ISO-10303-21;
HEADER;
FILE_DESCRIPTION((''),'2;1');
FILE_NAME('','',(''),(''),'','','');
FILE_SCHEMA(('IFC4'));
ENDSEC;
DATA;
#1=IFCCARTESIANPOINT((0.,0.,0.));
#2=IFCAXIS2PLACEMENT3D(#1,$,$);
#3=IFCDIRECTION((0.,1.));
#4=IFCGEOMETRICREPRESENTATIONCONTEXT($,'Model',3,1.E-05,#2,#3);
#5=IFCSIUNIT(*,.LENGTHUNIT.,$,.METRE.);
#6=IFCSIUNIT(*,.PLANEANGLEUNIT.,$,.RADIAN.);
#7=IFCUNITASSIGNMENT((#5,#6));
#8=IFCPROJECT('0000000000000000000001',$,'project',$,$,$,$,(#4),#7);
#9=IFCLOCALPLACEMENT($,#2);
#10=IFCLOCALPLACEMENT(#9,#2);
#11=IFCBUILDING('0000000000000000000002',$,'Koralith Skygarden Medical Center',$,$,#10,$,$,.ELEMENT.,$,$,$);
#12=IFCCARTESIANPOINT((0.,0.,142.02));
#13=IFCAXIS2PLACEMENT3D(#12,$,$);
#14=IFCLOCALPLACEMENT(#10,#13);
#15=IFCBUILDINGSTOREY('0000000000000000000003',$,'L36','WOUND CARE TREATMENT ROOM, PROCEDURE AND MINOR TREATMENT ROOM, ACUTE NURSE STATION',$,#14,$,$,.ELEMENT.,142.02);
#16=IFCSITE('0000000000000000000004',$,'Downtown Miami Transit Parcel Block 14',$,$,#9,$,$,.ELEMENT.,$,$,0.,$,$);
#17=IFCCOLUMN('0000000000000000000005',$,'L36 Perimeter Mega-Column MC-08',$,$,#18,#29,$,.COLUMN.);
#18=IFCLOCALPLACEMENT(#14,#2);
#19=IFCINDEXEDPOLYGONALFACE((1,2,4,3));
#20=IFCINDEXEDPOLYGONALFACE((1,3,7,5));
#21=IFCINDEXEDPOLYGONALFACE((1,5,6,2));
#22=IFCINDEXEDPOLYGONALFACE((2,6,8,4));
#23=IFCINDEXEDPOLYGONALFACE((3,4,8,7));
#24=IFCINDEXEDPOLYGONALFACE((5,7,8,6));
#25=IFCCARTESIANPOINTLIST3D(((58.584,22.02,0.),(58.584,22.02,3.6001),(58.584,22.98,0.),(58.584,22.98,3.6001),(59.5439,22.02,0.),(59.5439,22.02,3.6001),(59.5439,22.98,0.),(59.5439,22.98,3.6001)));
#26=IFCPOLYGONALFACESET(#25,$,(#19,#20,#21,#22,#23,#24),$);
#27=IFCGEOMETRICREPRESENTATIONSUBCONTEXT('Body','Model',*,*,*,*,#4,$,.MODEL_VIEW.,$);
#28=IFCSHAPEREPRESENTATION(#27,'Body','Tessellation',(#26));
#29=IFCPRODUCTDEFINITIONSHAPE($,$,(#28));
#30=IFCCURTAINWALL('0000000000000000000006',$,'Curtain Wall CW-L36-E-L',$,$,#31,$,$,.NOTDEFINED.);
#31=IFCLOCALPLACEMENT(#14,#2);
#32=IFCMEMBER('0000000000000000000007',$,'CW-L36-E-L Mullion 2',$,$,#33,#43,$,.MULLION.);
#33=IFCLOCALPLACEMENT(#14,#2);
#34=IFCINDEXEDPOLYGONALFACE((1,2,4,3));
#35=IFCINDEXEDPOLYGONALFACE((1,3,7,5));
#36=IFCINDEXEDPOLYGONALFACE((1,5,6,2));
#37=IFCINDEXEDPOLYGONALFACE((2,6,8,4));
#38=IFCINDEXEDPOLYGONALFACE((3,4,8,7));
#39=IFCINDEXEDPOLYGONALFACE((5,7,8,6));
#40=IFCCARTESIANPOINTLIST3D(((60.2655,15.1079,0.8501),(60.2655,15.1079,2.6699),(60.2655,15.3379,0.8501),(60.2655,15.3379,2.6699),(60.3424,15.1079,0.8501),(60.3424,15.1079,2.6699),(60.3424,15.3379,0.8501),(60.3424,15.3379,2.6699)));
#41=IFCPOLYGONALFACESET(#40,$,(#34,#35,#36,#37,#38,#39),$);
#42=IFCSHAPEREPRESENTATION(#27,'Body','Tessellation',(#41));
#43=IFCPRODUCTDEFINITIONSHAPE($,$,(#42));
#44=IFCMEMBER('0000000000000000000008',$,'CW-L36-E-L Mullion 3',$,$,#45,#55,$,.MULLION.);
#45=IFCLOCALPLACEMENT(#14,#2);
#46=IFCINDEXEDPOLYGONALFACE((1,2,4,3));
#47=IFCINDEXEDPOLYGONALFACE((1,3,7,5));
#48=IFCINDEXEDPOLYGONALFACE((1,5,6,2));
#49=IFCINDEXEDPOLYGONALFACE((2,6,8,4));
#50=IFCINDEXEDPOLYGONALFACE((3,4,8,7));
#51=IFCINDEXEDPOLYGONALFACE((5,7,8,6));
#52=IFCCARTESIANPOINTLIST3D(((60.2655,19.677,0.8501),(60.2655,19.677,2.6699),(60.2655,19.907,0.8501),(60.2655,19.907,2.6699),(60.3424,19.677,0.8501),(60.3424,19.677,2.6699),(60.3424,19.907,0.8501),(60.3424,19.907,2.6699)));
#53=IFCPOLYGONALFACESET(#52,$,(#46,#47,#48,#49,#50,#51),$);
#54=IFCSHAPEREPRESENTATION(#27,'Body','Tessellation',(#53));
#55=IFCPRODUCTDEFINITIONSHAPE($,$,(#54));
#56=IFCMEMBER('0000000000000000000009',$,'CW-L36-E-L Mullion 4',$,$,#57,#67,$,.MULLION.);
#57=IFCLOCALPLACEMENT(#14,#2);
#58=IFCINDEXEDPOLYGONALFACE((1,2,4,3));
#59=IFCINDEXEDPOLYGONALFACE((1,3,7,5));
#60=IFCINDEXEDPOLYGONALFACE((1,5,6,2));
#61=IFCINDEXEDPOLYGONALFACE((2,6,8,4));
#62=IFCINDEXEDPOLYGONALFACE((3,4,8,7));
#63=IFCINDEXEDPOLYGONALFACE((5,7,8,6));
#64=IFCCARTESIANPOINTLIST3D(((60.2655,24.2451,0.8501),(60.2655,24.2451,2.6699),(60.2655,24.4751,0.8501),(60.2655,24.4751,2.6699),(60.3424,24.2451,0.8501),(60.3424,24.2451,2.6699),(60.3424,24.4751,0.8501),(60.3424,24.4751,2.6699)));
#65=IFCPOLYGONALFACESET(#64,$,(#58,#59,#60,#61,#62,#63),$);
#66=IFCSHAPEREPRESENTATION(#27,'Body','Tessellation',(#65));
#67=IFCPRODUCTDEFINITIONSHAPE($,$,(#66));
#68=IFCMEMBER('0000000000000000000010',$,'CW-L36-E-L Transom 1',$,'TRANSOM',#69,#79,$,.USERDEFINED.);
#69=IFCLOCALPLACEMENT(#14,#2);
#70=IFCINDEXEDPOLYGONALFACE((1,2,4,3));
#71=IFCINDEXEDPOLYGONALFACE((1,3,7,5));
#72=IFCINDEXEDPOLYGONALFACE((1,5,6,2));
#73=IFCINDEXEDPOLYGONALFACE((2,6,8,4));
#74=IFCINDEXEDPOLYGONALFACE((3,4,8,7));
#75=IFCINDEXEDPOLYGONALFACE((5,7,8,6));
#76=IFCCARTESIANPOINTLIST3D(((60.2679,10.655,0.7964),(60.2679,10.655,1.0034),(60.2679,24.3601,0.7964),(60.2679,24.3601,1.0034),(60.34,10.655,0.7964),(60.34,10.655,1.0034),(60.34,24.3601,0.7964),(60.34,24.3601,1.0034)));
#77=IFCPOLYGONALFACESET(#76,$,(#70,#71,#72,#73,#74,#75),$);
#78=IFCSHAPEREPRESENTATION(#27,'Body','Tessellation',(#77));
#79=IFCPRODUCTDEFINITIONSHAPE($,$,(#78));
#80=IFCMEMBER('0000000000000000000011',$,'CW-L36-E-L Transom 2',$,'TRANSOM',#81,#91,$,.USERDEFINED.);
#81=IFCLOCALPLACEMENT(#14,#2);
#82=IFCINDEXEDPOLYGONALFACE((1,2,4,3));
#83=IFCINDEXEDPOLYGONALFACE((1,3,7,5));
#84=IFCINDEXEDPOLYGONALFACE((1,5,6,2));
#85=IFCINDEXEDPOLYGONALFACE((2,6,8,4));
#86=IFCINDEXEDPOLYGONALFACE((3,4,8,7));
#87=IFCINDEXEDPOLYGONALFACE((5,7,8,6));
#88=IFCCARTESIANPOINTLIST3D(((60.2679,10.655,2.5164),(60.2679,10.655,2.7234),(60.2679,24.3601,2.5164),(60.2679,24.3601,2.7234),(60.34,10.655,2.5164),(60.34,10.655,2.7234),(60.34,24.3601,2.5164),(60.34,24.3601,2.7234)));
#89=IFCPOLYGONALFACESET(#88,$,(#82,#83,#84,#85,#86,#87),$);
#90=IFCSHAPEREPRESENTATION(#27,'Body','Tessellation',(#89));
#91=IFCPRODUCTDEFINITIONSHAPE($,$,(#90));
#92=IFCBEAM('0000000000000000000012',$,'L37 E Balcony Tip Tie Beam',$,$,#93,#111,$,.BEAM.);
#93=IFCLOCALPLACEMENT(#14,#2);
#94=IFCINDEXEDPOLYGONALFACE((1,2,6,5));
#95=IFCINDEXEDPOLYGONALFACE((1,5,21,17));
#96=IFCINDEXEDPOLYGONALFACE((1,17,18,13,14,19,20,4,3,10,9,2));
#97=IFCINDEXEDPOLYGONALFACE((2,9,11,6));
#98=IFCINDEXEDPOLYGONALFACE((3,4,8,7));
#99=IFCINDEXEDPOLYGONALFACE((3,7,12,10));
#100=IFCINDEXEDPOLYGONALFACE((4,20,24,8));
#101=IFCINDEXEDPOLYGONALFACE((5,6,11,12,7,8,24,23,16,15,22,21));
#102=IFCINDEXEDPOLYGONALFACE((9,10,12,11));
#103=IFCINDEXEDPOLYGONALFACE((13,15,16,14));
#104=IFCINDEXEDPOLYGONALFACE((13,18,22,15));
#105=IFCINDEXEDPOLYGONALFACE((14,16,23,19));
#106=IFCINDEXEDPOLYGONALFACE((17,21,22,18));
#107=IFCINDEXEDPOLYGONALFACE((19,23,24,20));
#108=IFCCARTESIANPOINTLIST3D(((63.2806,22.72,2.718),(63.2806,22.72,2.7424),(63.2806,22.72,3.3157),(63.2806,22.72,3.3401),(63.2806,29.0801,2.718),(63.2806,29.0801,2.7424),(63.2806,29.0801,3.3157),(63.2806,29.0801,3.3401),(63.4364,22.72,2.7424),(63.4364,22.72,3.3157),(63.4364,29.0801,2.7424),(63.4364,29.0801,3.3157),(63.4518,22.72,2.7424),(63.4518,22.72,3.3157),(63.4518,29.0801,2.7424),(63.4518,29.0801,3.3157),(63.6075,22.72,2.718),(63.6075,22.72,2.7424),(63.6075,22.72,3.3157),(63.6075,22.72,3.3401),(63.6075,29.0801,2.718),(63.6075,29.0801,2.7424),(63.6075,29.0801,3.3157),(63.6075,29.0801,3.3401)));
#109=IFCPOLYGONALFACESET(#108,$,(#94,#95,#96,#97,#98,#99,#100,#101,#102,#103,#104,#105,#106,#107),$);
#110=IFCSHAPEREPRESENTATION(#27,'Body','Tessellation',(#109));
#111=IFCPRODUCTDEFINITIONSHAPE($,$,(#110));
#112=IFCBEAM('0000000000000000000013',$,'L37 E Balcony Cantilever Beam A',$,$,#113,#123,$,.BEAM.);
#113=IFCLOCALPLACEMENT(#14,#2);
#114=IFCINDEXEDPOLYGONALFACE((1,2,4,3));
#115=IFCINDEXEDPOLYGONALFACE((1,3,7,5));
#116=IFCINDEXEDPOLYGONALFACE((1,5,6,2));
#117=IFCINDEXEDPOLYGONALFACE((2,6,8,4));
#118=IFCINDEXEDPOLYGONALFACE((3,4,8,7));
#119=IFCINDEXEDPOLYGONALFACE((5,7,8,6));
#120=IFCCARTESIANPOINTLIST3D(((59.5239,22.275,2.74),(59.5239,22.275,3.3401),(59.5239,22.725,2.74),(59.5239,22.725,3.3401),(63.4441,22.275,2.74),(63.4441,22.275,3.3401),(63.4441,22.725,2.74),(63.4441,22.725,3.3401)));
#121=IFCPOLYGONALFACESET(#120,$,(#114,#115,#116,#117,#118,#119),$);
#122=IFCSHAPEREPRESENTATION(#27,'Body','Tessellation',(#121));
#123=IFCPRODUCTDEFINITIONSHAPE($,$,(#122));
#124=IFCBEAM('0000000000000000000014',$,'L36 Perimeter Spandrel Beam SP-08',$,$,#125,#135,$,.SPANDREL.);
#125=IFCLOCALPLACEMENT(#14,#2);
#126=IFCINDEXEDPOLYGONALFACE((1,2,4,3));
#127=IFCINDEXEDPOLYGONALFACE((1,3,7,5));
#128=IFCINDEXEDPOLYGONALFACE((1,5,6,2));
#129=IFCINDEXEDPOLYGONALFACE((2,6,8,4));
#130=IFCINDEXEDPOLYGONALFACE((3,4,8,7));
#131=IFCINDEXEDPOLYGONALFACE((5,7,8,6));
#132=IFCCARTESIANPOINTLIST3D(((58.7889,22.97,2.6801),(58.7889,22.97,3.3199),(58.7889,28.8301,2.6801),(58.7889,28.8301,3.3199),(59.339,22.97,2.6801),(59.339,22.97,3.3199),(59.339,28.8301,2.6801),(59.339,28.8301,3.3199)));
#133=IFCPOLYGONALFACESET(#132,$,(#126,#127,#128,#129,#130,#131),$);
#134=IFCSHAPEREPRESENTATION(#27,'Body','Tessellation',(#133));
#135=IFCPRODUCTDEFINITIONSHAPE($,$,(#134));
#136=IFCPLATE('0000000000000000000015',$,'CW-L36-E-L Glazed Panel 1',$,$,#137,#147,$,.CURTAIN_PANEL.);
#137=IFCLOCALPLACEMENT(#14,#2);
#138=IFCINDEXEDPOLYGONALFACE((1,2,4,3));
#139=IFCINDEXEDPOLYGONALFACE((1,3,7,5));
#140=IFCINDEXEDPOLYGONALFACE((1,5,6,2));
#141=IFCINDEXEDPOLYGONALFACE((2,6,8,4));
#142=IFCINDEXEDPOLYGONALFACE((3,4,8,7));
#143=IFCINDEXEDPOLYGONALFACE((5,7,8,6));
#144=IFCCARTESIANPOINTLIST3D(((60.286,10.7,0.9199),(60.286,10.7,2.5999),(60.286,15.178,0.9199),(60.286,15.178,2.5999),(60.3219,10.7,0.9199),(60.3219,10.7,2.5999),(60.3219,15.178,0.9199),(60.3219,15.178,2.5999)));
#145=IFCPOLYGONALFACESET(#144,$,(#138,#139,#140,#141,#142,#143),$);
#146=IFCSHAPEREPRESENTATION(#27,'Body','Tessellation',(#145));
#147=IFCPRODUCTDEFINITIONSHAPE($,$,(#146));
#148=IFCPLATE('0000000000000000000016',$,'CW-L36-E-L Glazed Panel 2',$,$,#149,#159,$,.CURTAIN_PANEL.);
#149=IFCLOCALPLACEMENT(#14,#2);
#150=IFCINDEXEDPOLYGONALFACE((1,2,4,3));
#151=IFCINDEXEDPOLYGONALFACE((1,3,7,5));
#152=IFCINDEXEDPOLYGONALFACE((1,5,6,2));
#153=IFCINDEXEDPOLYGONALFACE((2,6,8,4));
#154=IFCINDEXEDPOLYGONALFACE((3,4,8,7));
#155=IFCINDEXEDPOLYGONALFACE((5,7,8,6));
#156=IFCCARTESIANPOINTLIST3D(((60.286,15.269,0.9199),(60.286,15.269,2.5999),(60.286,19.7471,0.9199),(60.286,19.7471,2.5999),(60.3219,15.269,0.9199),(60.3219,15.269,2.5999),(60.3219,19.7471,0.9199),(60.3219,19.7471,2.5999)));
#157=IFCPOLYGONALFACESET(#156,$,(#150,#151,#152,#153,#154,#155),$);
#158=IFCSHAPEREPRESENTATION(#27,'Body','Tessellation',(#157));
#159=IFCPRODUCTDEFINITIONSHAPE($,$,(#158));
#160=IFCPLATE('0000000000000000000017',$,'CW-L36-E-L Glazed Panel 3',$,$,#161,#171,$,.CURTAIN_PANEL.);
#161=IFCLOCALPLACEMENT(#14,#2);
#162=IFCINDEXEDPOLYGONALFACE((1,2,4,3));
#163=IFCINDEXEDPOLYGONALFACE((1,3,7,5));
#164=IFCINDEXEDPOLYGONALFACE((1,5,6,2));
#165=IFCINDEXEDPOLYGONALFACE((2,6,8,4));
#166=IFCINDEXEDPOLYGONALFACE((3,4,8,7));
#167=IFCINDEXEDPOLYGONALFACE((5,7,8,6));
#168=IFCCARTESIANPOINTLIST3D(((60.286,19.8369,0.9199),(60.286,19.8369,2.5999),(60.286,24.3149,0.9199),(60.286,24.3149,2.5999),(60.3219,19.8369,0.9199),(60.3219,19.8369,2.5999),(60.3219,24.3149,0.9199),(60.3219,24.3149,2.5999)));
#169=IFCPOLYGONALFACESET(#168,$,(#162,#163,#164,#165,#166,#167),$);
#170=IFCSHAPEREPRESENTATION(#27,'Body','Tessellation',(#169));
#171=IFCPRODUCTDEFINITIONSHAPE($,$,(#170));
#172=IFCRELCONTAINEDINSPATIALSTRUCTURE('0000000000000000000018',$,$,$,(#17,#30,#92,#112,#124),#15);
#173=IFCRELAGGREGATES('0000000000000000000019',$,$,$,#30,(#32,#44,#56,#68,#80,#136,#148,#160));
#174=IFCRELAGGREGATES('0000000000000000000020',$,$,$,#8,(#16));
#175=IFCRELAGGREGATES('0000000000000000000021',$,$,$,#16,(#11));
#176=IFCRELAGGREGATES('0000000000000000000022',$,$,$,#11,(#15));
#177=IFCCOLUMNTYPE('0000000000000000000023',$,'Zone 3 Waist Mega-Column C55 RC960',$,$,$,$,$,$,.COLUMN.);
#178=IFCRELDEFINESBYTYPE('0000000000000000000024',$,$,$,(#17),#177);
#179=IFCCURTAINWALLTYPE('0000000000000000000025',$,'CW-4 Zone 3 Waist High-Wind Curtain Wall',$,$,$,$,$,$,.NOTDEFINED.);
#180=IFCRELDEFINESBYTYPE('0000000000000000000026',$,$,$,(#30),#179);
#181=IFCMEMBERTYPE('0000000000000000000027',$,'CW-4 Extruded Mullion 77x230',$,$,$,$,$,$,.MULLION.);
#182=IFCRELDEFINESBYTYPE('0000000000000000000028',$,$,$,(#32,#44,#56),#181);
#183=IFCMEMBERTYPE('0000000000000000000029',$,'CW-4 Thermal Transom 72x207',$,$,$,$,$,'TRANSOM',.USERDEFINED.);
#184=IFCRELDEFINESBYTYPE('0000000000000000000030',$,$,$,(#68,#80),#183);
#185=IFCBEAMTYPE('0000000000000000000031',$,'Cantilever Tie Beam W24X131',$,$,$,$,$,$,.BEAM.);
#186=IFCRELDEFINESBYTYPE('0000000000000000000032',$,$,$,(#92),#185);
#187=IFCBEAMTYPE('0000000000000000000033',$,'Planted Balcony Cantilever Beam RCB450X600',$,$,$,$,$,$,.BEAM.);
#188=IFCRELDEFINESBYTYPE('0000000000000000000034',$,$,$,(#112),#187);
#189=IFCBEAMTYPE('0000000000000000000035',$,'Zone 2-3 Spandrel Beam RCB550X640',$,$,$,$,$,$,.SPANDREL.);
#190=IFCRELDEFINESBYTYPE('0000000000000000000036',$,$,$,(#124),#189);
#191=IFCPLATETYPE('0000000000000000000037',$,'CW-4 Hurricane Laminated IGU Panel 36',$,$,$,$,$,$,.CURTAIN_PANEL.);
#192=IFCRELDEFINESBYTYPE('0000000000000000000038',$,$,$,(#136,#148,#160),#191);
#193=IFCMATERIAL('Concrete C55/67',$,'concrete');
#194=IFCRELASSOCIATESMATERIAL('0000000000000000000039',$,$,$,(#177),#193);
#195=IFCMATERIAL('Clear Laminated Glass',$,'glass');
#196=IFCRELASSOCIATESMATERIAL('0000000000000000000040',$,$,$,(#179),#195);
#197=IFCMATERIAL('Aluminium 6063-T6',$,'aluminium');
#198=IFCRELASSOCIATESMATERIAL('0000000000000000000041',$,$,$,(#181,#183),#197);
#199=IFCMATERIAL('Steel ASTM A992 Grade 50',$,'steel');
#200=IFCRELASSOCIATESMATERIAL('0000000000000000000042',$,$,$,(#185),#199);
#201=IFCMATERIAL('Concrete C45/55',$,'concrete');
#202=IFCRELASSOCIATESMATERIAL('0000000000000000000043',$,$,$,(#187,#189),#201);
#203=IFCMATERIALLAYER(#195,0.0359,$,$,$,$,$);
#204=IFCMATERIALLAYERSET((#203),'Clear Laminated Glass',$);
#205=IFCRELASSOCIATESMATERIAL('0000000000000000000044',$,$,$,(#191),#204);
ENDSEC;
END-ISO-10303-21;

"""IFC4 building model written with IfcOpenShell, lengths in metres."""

from ifc_helpers import new_model, si_unit, direction, frame, origin, origin_2d, place, context, subcontext, project, spatial, rectangle, i_section, extrude, material, layer, layer_set, material_profile, profile_set, type_object, element, aggregate, save


model = new_model("IFC4")

# Units and contexts
model_context = context("Model", 3, precision=1e-05, world=origin(), true_north=direction((0.0, 1.0)))
body_context = subcontext(model_context, "Body", "Model", "MODEL_VIEW")
ifc_project = project(units=[si_unit("LENGTHUNIT", "METRE"), si_unit("PLANEANGLEUNIT", "RADIAN")], contexts=[model_context])

# Site, building, storey
site_placement = place(None, origin())
site = spatial("IfcSite", under=ifc_project, at=site_placement, Name="Downtown Miami Transit Parcel Block 14", CompositionType="ELEMENT", RefElevation=0.0)
building_placement = place(site_placement, origin())
building = spatial("IfcBuilding", under=site, at=building_placement, Name="Koralith Skygarden Medical Center", CompositionType="ELEMENT")
storey_placement = place(building_placement, frame((0.0, 0.0, 142.02)))
storey = spatial("IfcBuildingStorey", under=building, at=storey_placement, Name="L36", Description="WOUND CARE TREATMENT ROOM, PROCEDURE AND MINOR TREATMENT ROOM, ACUTE NURSE STATION", CompositionType="ELEMENT", Elevation=142.02)

# Column
ifc_material_1 = material(Name="Concrete C55/67", Category="concrete")
ifc_material_profile_1 = material_profile(ifc_material_1, rectangle(XDim=0.96, YDim=0.96, at=origin_2d()), Name="RC960X960")
ifc_profile_set_1 = profile_set([ifc_material_profile_1], Name="Concrete C55/67")
column_type = type_object("IfcColumnType", Name="Zone 3 Waist Mega-Column C55 RC960", PredefinedType="COLUMN", material=ifc_profile_set_1)
column_placement = place(storey_placement, frame((59.064, 22.5, 0.0), z_axis=(0.0, 0.0, 1.0), x_axis=(1.0, 0.0, 0.0)))
element("IfcColumn", 1, at=column_placement, inside=storey, type_object=column_type, Name="L36 Perimeter Mega-Column MC-08", PredefinedType="COLUMN", context=body_context, shape_type="SweptSolid", body=[
    extrude(rectangle(XDim=0.96, YDim=0.96, at=origin_2d()), origin(), (0.0, 0.0, 1.0), 3.6001),
])

# Curtain wall, members
ifc_material_2 = material(Name="Clear Laminated Glass", Category="glass")
curtain_wall_type = type_object("IfcCurtainWallType", Name="CW-4 Zone 3 Waist High-Wind Curtain Wall", PredefinedType="NOTDEFINED", material=ifc_material_2)
curtain_wall_placement = place(storey_placement, origin())
curtain_wall = element("IfcCurtainWall", 2, at=curtain_wall_placement, inside=storey, type_object=curtain_wall_type, Name="Curtain Wall CW-L36-E-L", PredefinedType="NOTDEFINED")
ifc_material_3 = material(Name="Aluminium 6063-T6", Category="aluminium")
ifc_material_profile_2 = material_profile(ifc_material_3, rectangle(XDim=0.0769, YDim=0.23, at=origin_2d()), Name="MUL77X230")
ifc_profile_set_2 = profile_set([ifc_material_profile_2], Name="Aluminium 6063-T6")
member_type_1 = type_object("IfcMemberType", Name="CW-4 Extruded Mullion 77x230", PredefinedType="MULLION", material=ifc_profile_set_2)
member_1_placement = place(storey_placement, frame((60.304, 15.2229, 0.8501), z_axis=(0.0, 0.0, 1.0), x_axis=(1.0, 0.0, 0.0)))
member_1 = element("IfcMember", 3, at=member_1_placement, type_object=member_type_1, Name="CW-L36-E-L Mullion 2", PredefinedType="MULLION", context=body_context, shape_type="SweptSolid", body=[
    extrude(rectangle(XDim=0.0769, YDim=0.23, at=origin_2d()), origin(), (0.0, 0.0, 1.0), 1.8198),
])
member_2_placement = place(storey_placement, frame((60.304, 19.792, 0.8501), z_axis=(0.0, 0.0, 1.0), x_axis=(1.0, 0.0, 0.0)))
member_2 = element("IfcMember", 4, at=member_2_placement, type_object=member_type_1, Name="CW-L36-E-L Mullion 3", PredefinedType="MULLION", context=body_context, shape_type="SweptSolid", body=[
    extrude(rectangle(XDim=0.0769, YDim=0.23, at=origin_2d()), origin(), (0.0, 0.0, 1.0), 1.8198),
])
member_3_placement = place(storey_placement, frame((60.304, 24.3601, 0.8501), z_axis=(0.0, 0.0, 1.0), x_axis=(1.0, 0.0, 0.0)))
member_3 = element("IfcMember", 5, at=member_3_placement, type_object=member_type_1, Name="CW-L36-E-L Mullion 4", PredefinedType="MULLION", context=body_context, shape_type="SweptSolid", body=[
    extrude(rectangle(XDim=0.0769, YDim=0.23, at=origin_2d()), origin(), (0.0, 0.0, 1.0), 1.8198),
])
ifc_material_profile_3 = material_profile(ifc_material_3, rectangle(XDim=0.072, YDim=0.207, at=origin_2d()), Name="TRN72X207")
ifc_profile_set_3 = profile_set([ifc_material_profile_3], Name="Aluminium 6063-T6")
member_type_2 = type_object("IfcMemberType", Name="CW-4 Thermal Transom 72x207", ElementType="TRANSOM", PredefinedType="USERDEFINED", material=ifc_profile_set_3)
member_4_placement = place(storey_placement, frame((60.304, 10.655, 0.8999), z_axis=(0.0, 1.0, 0.0), x_axis=(-1.0, 0.0, 0.0)))
member_4 = element("IfcMember", 6, at=member_4_placement, type_object=member_type_2, Name="CW-L36-E-L Transom 1", ObjectType="TRANSOM", PredefinedType="USERDEFINED", context=body_context, shape_type="SweptSolid", body=[
    extrude(rectangle(XDim=0.072, YDim=0.207, at=origin_2d()), origin(), (0.0, 0.0, 1.0), 13.7051),
])
member_5_placement = place(storey_placement, frame((60.304, 10.655, 2.6199), z_axis=(0.0, 1.0, 0.0), x_axis=(-1.0, 0.0, 0.0)))
member_5 = element("IfcMember", 7, at=member_5_placement, type_object=member_type_2, Name="CW-L36-E-L Transom 2", ObjectType="TRANSOM", PredefinedType="USERDEFINED", context=body_context, shape_type="SweptSolid", body=[
    extrude(rectangle(XDim=0.072, YDim=0.207, at=origin_2d()), origin(), (0.0, 0.0, 1.0), 13.7051),
])

# Beams
ifc_material_4 = material(Name="Steel ASTM A992 Grade 50", Category="steel")
ifc_material_profile_4 = material_profile(ifc_material_4, i_section(OverallWidth=0.3269, OverallDepth=0.6221, WebThickness=0.0154, FlangeThickness=0.0244, at=origin_2d()), Name="W24X131")
ifc_profile_set_4 = profile_set([ifc_material_profile_4], Name="Steel ASTM A992 Grade 50")
beam_type_1 = type_object("IfcBeamType", Name="Cantilever Tie Beam W24X131", PredefinedType="BEAM", material=ifc_profile_set_4)
beam_1_placement = place(storey_placement, frame((63.4441, 22.72, 3.0291), z_axis=(0.0, 1.0, 0.0), x_axis=(-1.0, 0.0, 0.0)))
element("IfcBeam", 8, at=beam_1_placement, inside=storey, type_object=beam_type_1, Name="L37 E Balcony Tip Tie Beam", PredefinedType="BEAM", context=body_context, shape_type="SweptSolid", body=[
    extrude(i_section(OverallWidth=0.3269, OverallDepth=0.6221, WebThickness=0.0154, FlangeThickness=0.0244, at=origin_2d()), origin(), (0.0, 0.0, 1.0), 6.3601),
])
ifc_material_5 = material(Name="Concrete C45/55", Category="concrete")
ifc_material_profile_5 = material_profile(ifc_material_5, rectangle(XDim=0.45, YDim=0.6001, at=origin_2d()), Name="RCB450X600")
ifc_profile_set_5 = profile_set([ifc_material_profile_5], Name="Concrete C45/55")
beam_type_2 = type_object("IfcBeamType", Name="Planted Balcony Cantilever Beam RCB450X600", PredefinedType="BEAM", material=ifc_profile_set_5)
beam_2_placement = place(storey_placement, frame((59.5239, 22.5, 3.04), z_axis=(1.0, 0.0, 0.0), x_axis=(0.0, 1.0, 0.0)))
element("IfcBeam", 9, at=beam_2_placement, inside=storey, type_object=beam_type_2, Name="L37 E Balcony Cantilever Beam A", PredefinedType="BEAM", context=body_context, shape_type="SweptSolid", body=[
    extrude(rectangle(XDim=0.45, YDim=0.6001, at=origin_2d()), origin(), (0.0, 0.0, 1.0), 3.9202),
])
ifc_material_profile_6 = material_profile(ifc_material_5, rectangle(XDim=0.55, YDim=0.6399, at=origin_2d()), Name="RCB550X640")
ifc_profile_set_6 = profile_set([ifc_material_profile_6], Name="Concrete C45/55")
beam_type_3 = type_object("IfcBeamType", Name="Zone 2-3 Spandrel Beam RCB550X640", PredefinedType="SPANDREL", material=ifc_profile_set_6)
beam_3_placement = place(storey_placement, frame((59.064, 22.97, 3.0), z_axis=(0.0, 1.0, 0.0), x_axis=(-1.0, 0.0, 0.0)))
element("IfcBeam", 10, at=beam_3_placement, inside=storey, type_object=beam_type_3, Name="L36 Perimeter Spandrel Beam SP-08", PredefinedType="SPANDREL", context=body_context, shape_type="SweptSolid", body=[
    extrude(rectangle(XDim=0.55, YDim=0.6399, at=origin_2d()), origin(), (0.0, 0.0, 1.0), 5.8601),
])

# Plates
ifc_layer_1 = layer(ifc_material_2, 0.0359)
ifc_layer_set_1 = layer_set([ifc_layer_1], Name="Clear Laminated Glass")
plate_type = type_object("IfcPlateType", Name="CW-4 Hurricane Laminated IGU Panel 36", PredefinedType="CURTAIN_PANEL", material=ifc_layer_set_1)
plate_1_placement = place(storey_placement, frame((60.304, 12.939, 0.9199), z_axis=(0.0, 0.0, 1.0), x_axis=(0.0, 1.0, 0.0)))
plate_1 = element("IfcPlate", 11, at=plate_1_placement, type_object=plate_type, Name="CW-L36-E-L Glazed Panel 1", PredefinedType="CURTAIN_PANEL", context=body_context, shape_type="SweptSolid", body=[
    extrude(rectangle(XDim=4.478, YDim=0.0359, at=origin_2d()), origin(), (0.0, 0.0, 1.0), 1.6799),
])
plate_2_placement = place(storey_placement, frame((60.304, 17.5081, 0.9199), z_axis=(0.0, 0.0, 1.0), x_axis=(0.0, 1.0, 0.0)))
plate_2 = element("IfcPlate", 12, at=plate_2_placement, type_object=plate_type, Name="CW-L36-E-L Glazed Panel 2", PredefinedType="CURTAIN_PANEL", context=body_context, shape_type="SweptSolid", body=[
    extrude(rectangle(XDim=4.478, YDim=0.0359, at=origin_2d()), origin(), (0.0, 0.0, 1.0), 1.6799),
])
plate_3_placement = place(storey_placement, frame((60.304, 22.0759, 0.9199), z_axis=(0.0, 0.0, 1.0), x_axis=(0.0, 1.0, 0.0)))
plate_3 = element("IfcPlate", 13, at=plate_3_placement, type_object=plate_type, Name="CW-L36-E-L Glazed Panel 3", PredefinedType="CURTAIN_PANEL", context=body_context, shape_type="SweptSolid", body=[
    extrude(rectangle(XDim=4.478, YDim=0.0359, at=origin_2d()), origin(), (0.0, 0.0, 1.0), 1.6799),
])
aggregate(curtain_wall, [member_1, member_2, member_3, member_4, member_5, plate_1, plate_2, plate_3])

save(model, "model.ifc")
